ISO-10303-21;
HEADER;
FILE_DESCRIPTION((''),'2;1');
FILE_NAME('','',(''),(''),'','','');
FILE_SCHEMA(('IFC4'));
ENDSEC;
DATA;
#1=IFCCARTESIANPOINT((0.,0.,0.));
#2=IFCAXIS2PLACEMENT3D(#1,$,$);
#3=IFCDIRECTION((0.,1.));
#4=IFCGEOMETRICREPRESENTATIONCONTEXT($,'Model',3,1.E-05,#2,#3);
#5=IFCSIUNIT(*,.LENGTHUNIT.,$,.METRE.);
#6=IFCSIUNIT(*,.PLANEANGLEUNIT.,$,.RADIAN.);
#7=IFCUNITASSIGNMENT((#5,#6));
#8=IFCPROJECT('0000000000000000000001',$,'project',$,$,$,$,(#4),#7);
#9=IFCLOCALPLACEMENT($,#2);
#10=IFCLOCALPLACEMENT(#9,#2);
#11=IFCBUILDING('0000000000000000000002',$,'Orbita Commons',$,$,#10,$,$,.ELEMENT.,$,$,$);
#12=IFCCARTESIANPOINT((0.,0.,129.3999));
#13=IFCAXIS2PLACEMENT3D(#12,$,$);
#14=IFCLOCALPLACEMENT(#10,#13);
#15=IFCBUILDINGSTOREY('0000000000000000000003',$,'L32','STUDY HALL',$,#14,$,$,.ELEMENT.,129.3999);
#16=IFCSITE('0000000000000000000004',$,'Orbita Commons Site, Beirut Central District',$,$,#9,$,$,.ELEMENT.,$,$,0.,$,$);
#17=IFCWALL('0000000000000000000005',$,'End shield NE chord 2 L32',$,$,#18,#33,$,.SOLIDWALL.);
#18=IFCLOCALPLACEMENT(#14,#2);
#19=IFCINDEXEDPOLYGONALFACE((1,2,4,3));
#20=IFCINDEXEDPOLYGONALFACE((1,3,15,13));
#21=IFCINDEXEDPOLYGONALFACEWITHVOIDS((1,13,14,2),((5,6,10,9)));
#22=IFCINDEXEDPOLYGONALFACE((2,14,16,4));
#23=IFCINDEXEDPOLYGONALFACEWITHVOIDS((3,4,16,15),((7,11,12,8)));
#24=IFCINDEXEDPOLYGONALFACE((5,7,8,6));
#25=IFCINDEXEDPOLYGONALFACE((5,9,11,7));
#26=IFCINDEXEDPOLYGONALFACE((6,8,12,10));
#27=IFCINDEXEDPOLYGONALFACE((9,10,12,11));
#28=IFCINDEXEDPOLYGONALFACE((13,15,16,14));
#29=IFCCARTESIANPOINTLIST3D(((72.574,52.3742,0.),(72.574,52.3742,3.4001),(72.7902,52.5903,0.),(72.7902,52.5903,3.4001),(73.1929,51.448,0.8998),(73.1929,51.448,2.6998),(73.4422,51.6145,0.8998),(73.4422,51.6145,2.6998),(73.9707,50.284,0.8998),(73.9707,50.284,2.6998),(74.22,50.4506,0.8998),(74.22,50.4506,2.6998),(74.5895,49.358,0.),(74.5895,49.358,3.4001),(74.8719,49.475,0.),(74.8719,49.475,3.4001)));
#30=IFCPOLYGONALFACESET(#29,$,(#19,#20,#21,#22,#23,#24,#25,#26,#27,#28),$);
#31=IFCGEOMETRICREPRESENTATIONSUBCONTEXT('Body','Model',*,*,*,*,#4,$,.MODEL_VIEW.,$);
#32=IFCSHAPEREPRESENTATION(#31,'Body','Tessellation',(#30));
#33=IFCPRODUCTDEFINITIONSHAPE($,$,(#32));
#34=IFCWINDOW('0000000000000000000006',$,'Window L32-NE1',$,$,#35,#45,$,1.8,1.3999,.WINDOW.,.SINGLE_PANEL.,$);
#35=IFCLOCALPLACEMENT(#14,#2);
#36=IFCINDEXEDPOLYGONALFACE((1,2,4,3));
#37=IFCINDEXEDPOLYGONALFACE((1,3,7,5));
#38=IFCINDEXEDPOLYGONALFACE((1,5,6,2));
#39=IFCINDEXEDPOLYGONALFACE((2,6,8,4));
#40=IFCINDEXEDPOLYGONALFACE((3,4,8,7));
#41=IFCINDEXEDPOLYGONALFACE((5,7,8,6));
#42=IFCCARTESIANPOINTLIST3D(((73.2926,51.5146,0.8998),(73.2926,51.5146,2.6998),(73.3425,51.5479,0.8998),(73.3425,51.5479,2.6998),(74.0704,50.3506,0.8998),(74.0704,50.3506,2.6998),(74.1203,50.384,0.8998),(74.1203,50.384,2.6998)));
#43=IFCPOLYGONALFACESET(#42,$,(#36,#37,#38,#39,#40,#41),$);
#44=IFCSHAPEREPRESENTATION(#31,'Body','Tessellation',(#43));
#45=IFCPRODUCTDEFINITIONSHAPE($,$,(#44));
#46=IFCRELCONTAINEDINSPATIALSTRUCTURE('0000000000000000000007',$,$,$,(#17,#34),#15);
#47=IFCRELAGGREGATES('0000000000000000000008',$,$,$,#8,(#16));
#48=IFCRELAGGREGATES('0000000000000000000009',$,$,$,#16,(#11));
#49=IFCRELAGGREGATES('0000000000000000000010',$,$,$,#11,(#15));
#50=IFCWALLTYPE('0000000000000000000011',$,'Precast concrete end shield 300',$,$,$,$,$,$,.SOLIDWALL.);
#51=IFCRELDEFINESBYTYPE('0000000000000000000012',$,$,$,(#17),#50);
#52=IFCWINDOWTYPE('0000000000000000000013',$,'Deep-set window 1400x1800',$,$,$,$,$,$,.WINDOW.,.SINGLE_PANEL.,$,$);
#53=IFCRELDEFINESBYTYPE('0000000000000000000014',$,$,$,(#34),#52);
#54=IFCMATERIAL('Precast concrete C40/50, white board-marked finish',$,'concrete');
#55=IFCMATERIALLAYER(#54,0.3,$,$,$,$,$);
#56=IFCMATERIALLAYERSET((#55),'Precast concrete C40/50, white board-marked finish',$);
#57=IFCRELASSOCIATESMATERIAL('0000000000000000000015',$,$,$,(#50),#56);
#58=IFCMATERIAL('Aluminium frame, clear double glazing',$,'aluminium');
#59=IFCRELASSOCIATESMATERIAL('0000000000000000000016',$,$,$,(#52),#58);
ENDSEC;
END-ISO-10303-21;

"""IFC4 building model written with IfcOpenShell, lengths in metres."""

from ifc_helpers import new_model, si_unit, direction, frame, frame_2d, origin, place, context, subcontext, project, spatial, polyline, rectangle, outline, extrude, material, layer, layer_set, type_object, element, fill, save


model = new_model("IFC4")

# Units and contexts
model_context = context("Model", 3, precision=1e-05, world=origin(), true_north=direction((0.0, 1.0)))
body_context = subcontext(model_context, "Body", "Model", "MODEL_VIEW")
ifc_project = project(units=[si_unit("LENGTHUNIT", "METRE"), si_unit("PLANEANGLEUNIT", "RADIAN")], contexts=[model_context])

# Site, building, storey
site_placement = place(None, origin())
site = spatial("IfcSite", under=ifc_project, at=site_placement, Name="Orbita Commons Site, Beirut Central District", CompositionType="ELEMENT", RefElevation=0.0)
building_placement = place(site_placement, origin())
building = spatial("IfcBuilding", under=site, at=building_placement, Name="Orbita Commons", CompositionType="ELEMENT")
storey_placement = place(building_placement, frame((0.0, 0.0, 129.3999)))
storey = spatial("IfcBuildingStorey", under=building, at=storey_placement, Name="L32", Description="STUDY HALL", CompositionType="ELEMENT", Elevation=129.3999)

# Wall, opening, window
ifc_material_1 = material(Name="Precast concrete C40/50, white board-marked finish", Category="concrete")
ifc_layer_1 = layer(ifc_material_1, 0.3)
ifc_layer_set_1 = layer_set([ifc_layer_1], Name="Precast concrete C40/50, white board-marked finish")
wall_type_1 = type_object("IfcWallType", Name="Precast concrete end shield 300", PredefinedType="SOLIDWALL", material=ifc_layer_set_1)
wall_1_placement = place(storey_placement, frame((74.7307, 49.4165, 0.0), z_axis=(0.0, 0.0, 1.0), x_axis=(-0.555601, 0.831449, 0.0)))
wall_1 = element("IfcWall", 1, at=wall_1_placement, inside=storey, type_object=wall_type_1, Name="End shield NE chord 2 L32", PredefinedType="SOLIDWALL", context=body_context, shape_type="SweptSolid", body=[
    extrude(outline(polyline([(-0.0298, -0.1499), (3.717, -0.1499), (3.6575, 0.1499), (0.0298, 0.1499), (-0.0298, -0.1499)])), origin(), (0.0, 0.0, 1.0), 3.4001),
])
opening_1_placement = place(wall_1_placement, frame((1.1436, 0.0, 0.8999)))
opening_1 = element("IfcOpeningElement", 2, at=opening_1_placement, cuts=wall_1, PredefinedType="OPENING", context=body_context, shape_type="SweptSolid", body=[
    extrude(rectangle(XDim=1.3999, YDim=1.8, at=frame_2d((0.7, 0.8999))), frame((0.0, 0.1599, 0.0), z_axis=(0.0, -1.0, 0.0), x_axis=(1.0, 0.0, 0.0)), (0.0, 0.0, 1.0), 0.3201),
])
ifc_material_2 = material(Name="Aluminium frame, clear double glazing", Category="aluminium")
window_type = type_object("IfcWindowType", Name="Deep-set window 1400x1800", PartitioningType="SINGLE_PANEL", PredefinedType="WINDOW", material=ifc_material_2)
window_placement = place(opening_1_placement, origin())
window = element("IfcWindow", 3, at=window_placement, inside=storey, type_object=window_type, Name="Window L32-NE1", OverallHeight=1.8, OverallWidth=1.3999, PartitioningType="SINGLE_PANEL", PredefinedType="WINDOW", context=body_context, shape_type="SweptSolid", body=[
    extrude(rectangle(XDim=1.3999, YDim=1.8, at=frame_2d((0.7, 0.8999))), frame((0.0, 0.03, 0.0), z_axis=(0.0, -1.0, 0.0), x_axis=(1.0, 0.0, 0.0)), (0.0, 0.0, 1.0), 0.0601),
])
fill(opening_1, window)

save(model, "model.ifc")
